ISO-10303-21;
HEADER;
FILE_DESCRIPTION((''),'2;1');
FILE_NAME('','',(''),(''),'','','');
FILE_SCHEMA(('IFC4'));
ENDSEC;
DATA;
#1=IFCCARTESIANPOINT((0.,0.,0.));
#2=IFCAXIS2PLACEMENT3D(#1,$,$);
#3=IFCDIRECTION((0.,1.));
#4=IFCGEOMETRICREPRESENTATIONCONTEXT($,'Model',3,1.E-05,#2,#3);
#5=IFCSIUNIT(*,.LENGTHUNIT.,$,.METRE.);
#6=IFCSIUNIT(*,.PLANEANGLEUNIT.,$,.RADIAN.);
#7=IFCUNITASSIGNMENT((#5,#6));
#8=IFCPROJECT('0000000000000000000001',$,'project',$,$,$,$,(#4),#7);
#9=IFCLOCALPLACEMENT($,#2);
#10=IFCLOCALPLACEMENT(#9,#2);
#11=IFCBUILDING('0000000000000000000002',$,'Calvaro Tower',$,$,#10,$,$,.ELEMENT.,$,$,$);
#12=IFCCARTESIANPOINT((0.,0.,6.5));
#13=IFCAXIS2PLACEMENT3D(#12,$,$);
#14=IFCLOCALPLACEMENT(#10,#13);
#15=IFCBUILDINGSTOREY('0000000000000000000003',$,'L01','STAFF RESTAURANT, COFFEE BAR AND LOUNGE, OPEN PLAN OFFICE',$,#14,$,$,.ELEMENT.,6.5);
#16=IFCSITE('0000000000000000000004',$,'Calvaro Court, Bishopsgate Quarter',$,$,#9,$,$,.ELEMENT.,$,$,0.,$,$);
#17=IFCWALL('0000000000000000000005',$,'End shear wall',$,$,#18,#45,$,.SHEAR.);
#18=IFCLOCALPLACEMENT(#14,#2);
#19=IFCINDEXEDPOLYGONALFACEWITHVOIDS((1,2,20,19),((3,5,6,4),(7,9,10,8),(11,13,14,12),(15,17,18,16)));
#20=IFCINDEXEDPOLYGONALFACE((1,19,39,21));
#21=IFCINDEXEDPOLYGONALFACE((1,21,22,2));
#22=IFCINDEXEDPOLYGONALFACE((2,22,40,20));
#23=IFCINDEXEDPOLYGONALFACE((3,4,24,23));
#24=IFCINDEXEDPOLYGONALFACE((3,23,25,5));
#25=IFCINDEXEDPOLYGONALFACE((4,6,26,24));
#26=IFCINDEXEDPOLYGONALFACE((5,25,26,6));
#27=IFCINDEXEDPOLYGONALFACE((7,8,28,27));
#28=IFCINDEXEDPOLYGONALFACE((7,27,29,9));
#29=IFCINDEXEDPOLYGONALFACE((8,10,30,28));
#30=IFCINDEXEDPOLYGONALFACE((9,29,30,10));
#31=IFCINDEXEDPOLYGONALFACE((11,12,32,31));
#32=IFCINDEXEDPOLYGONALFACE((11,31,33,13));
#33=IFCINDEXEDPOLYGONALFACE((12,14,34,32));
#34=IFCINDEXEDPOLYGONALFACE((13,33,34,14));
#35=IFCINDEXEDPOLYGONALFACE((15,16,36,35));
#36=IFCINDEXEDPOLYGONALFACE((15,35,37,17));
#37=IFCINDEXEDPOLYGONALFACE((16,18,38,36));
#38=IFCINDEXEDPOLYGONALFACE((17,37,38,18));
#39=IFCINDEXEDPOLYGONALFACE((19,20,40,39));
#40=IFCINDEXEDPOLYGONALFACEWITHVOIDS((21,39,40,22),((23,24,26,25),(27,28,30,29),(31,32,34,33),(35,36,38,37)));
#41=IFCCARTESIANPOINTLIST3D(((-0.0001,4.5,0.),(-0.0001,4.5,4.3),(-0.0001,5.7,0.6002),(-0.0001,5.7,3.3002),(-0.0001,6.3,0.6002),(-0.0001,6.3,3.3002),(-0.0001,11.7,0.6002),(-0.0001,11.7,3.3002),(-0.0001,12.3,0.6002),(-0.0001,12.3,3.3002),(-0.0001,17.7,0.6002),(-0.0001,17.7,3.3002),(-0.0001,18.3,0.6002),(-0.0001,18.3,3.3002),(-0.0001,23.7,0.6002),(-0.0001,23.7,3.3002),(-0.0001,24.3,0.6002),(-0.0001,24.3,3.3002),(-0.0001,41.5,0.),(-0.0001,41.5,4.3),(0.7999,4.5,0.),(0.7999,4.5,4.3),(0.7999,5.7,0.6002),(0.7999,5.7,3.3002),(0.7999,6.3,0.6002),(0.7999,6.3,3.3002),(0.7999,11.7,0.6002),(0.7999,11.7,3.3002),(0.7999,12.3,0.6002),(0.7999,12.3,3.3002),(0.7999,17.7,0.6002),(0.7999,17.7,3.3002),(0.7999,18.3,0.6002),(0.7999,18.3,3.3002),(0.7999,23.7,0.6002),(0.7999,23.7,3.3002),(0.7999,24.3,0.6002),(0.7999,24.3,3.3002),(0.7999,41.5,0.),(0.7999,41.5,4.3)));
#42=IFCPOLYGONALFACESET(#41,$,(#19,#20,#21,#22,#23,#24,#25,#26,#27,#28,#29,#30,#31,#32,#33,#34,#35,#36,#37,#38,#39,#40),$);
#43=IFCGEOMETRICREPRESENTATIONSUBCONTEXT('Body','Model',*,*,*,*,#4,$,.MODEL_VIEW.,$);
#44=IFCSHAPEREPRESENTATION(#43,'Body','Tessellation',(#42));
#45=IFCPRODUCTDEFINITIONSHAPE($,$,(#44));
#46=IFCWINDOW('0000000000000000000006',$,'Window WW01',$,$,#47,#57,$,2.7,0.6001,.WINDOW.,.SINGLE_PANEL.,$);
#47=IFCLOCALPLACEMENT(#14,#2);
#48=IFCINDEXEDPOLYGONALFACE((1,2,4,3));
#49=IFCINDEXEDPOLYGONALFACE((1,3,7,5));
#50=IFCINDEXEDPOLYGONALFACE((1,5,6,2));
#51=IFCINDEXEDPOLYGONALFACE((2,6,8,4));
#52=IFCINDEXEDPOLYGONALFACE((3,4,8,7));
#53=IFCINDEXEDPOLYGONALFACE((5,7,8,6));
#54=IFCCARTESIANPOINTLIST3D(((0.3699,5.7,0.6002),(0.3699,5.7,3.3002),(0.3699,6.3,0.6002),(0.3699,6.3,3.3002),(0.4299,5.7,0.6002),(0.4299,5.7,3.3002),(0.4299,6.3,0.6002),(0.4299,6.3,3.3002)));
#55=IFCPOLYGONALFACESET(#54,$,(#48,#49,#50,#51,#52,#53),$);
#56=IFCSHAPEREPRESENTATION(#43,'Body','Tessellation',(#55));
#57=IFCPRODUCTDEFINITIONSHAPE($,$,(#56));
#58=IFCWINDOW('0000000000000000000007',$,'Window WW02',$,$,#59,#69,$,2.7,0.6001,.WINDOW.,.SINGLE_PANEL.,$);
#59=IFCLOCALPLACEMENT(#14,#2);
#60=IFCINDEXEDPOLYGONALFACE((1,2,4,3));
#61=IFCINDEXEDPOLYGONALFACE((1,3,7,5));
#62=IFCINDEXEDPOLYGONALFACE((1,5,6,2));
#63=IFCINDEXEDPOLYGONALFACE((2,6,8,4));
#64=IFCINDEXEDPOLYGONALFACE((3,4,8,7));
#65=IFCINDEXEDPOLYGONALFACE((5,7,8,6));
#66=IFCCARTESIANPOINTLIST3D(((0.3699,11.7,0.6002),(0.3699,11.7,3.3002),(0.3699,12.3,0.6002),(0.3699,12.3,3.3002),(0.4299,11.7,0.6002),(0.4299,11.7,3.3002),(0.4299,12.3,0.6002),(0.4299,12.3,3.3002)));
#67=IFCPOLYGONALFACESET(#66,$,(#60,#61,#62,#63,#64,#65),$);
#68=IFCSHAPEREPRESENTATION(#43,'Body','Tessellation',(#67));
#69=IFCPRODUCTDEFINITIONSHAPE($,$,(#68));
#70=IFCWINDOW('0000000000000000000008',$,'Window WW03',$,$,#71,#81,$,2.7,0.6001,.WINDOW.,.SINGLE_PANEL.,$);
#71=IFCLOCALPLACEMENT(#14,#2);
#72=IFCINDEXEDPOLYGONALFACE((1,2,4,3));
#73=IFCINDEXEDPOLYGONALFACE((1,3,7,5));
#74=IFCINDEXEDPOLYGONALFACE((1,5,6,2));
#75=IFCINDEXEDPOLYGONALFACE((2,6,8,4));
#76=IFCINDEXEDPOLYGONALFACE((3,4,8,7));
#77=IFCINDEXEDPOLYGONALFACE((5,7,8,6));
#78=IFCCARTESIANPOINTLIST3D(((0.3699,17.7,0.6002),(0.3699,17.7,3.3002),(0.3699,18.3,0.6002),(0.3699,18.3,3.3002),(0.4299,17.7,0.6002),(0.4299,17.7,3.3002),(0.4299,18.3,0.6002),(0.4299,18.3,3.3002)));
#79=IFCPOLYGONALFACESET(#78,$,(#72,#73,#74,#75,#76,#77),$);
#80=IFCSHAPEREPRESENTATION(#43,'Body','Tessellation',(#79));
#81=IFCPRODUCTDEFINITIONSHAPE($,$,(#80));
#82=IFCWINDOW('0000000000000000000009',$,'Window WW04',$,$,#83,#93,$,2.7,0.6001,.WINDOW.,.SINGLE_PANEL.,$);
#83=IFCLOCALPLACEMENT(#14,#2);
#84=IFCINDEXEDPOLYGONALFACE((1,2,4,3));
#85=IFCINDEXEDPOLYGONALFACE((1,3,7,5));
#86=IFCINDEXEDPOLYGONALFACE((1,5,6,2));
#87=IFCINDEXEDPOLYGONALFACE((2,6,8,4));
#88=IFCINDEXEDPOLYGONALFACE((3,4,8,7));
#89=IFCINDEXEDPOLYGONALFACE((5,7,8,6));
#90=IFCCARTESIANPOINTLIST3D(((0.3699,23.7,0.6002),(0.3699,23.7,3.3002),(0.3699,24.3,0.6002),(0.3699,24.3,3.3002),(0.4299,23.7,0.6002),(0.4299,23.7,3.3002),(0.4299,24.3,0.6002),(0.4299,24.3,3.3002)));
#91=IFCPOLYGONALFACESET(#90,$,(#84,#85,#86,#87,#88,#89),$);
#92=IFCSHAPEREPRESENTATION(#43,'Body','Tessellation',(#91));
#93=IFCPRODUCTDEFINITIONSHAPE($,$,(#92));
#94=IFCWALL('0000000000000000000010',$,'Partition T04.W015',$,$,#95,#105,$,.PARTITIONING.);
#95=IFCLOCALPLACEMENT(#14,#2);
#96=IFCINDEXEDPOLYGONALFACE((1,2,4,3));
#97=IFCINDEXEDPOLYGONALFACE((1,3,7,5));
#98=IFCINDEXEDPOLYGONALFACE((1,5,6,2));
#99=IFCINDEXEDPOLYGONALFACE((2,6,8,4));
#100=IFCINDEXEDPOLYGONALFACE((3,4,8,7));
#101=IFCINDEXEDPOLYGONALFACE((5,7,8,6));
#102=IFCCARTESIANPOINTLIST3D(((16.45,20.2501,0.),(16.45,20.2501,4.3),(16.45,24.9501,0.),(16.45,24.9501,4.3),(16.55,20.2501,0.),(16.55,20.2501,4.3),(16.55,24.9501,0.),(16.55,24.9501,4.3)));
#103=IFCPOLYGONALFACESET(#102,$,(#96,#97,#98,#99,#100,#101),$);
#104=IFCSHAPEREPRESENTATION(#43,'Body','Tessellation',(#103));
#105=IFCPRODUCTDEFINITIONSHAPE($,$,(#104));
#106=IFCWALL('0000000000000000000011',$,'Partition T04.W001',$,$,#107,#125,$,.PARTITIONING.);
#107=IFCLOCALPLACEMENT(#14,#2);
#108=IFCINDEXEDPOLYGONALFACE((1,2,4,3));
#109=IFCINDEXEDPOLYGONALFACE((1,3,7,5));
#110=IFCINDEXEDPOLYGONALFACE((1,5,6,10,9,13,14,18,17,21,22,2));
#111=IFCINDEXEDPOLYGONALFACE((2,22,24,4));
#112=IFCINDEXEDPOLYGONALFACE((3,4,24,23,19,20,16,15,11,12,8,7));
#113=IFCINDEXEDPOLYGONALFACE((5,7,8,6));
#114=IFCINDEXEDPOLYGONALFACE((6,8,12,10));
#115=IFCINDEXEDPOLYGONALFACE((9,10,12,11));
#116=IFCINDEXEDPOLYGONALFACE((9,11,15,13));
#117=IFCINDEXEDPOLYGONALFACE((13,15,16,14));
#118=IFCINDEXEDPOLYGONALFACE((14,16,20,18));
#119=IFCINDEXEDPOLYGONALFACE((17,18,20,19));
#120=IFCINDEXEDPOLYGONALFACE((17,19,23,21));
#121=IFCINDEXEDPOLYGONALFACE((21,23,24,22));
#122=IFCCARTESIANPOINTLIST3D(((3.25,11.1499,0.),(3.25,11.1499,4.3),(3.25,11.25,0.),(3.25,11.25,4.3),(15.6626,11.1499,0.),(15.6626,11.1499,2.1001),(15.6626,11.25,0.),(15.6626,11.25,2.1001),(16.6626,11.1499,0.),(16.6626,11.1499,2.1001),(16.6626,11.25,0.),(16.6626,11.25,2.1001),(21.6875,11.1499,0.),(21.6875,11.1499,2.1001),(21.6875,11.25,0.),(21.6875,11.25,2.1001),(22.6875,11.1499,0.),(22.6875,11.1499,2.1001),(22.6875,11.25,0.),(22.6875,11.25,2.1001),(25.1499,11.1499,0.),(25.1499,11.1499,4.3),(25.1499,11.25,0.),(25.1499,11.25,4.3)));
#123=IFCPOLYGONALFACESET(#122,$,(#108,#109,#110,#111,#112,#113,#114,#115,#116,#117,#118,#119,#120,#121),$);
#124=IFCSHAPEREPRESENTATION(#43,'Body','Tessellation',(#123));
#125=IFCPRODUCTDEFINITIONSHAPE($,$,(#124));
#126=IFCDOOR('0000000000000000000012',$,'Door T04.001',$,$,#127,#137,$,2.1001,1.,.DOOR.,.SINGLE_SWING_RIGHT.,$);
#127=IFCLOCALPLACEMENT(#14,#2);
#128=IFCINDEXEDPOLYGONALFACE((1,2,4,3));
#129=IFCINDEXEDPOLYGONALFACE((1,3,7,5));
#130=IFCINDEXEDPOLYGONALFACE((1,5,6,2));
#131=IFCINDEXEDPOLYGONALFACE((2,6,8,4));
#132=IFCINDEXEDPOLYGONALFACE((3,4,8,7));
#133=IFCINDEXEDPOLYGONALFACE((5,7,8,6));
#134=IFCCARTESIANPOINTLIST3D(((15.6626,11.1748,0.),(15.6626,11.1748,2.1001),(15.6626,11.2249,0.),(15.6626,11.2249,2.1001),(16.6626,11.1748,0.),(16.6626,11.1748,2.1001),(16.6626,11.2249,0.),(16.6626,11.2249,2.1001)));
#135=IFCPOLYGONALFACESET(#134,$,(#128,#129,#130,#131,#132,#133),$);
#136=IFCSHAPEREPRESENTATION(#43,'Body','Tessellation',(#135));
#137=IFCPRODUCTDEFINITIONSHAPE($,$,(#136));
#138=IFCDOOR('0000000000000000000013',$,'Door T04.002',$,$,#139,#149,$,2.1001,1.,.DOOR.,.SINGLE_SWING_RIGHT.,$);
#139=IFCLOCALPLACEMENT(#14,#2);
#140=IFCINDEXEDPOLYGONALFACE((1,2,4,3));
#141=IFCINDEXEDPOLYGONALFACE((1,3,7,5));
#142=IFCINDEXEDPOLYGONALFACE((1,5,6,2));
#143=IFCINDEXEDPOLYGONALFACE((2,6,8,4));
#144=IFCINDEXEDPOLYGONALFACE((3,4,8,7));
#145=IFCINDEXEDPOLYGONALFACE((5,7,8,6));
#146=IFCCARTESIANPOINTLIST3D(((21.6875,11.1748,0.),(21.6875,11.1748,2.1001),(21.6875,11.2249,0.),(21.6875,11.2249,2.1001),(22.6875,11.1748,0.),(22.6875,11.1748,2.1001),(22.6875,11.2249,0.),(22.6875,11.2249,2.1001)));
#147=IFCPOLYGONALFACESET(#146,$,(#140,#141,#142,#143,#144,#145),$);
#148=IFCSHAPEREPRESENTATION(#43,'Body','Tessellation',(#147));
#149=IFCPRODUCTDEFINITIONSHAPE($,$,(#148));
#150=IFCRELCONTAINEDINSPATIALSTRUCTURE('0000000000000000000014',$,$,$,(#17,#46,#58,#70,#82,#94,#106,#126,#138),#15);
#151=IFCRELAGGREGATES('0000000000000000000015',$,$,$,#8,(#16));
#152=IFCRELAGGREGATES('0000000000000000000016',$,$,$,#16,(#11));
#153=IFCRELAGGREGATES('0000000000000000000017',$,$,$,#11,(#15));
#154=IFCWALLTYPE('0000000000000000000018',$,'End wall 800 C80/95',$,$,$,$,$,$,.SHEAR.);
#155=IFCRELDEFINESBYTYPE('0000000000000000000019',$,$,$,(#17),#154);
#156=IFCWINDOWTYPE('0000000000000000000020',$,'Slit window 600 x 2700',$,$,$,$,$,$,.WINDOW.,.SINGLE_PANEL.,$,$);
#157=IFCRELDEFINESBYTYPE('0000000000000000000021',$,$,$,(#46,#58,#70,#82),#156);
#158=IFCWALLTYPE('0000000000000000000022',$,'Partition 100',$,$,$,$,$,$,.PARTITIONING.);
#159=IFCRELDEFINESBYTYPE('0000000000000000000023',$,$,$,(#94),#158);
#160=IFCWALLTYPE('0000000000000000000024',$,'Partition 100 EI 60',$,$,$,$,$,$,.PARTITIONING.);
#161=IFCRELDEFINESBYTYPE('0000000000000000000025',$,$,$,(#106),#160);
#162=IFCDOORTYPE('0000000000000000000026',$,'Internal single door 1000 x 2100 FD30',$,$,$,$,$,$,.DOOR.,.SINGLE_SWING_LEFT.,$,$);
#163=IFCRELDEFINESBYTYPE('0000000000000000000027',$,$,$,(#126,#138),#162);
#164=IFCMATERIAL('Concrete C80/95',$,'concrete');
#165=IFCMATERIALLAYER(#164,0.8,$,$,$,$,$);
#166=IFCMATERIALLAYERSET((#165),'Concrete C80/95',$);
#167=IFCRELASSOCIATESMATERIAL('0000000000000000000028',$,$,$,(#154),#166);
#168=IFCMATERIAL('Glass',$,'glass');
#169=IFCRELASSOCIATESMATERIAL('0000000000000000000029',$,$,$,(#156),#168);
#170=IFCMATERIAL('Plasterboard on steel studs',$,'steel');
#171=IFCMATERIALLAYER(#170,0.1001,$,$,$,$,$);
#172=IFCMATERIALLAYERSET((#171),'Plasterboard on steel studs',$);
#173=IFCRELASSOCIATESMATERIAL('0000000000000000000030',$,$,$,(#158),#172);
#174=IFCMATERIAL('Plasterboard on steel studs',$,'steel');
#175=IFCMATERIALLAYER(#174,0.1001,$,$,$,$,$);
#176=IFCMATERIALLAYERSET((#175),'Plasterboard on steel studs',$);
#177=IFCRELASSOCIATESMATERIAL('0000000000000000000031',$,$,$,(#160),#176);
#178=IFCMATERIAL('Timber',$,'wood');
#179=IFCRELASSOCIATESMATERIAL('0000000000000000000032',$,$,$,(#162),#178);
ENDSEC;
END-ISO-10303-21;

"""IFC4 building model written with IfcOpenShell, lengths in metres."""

from ifc_helpers import new_model, si_unit, direction, frame, frame_2d, origin, place, context, subcontext, project, spatial, rectangle, extrude, material, layer, layer_set, type_object, element, fill, save


model = new_model("IFC4")

# Units and contexts
model_context = context("Model", 3, precision=1e-05, world=origin(), true_north=direction((0.0, 1.0)))
body_context = subcontext(model_context, "Body", "Model", "MODEL_VIEW")
ifc_project = project(units=[si_unit("LENGTHUNIT", "METRE"), si_unit("PLANEANGLEUNIT", "RADIAN")], contexts=[model_context])

# Site, building, storey
site_placement = place(None, origin())
site = spatial("IfcSite", under=ifc_project, at=site_placement, Name="Calvaro Court, Bishopsgate Quarter", CompositionType="ELEMENT", RefElevation=0.0)
building_placement = place(site_placement, origin())
building = spatial("IfcBuilding", under=site, at=building_placement, Name="Calvaro Tower", CompositionType="ELEMENT")
storey_placement = place(building_placement, frame((0.0, 0.0, 6.5)))
storey = spatial("IfcBuildingStorey", under=building, at=storey_placement, Name="L01", Description="STAFF RESTAURANT, COFFEE BAR AND LOUNGE, OPEN PLAN OFFICE", CompositionType="ELEMENT", Elevation=6.5)

# Wall, openings, windows
ifc_material_1 = material(Name="Concrete C80/95", Category="concrete")
ifc_layer_1 = layer(ifc_material_1, 0.8)
ifc_layer_set_1 = layer_set([ifc_layer_1], Name="Concrete C80/95")
wall_type_1 = type_object("IfcWallType", Name="End wall 800 C80/95", PredefinedType="SHEAR", material=ifc_layer_set_1)
wall_1_placement = place(storey_placement, frame((0.3999, 4.5, 0.0), z_axis=(0.0, 0.0, 1.0), x_axis=(0.0, 1.0, 0.0)))
wall_1 = element("IfcWall", 1, at=wall_1_placement, inside=storey, type_object=wall_type_1, Name="End shear wall", PredefinedType="SHEAR", context=body_context, shape_type="SweptSolid", body=[
    extrude(rectangle(XDim=37.0, YDim=0.8, at=frame_2d((18.5, 0.0))), origin(), (0.0, 0.0, 1.0), 4.3),
])
opening_1_placement = place(wall_1_placement, frame((1.2, 0.0, 0.6001)))
opening_1 = element("IfcOpeningElement", 2, at=opening_1_placement, cuts=wall_1, PredefinedType="OPENING", context=body_context, shape_type="SweptSolid", body=[
    extrude(rectangle(XDim=0.6001, YDim=2.7, at=frame_2d((0.3, 1.3501))), frame((0.0, 0.4099, 0.0), z_axis=(0.0, -1.0, 0.0), x_axis=(1.0, 0.0, 0.0)), (0.0, 0.0, 1.0), 0.8201),
])
opening_2_placement = place(wall_1_placement, frame((7.2, 0.0, 0.6001)))
opening_2 = element("IfcOpeningElement", 3, at=opening_2_placement, cuts=wall_1, PredefinedType="OPENING", context=body_context, shape_type="SweptSolid", body=[
    extrude(rectangle(XDim=0.6001, YDim=2.7, at=frame_2d((0.3, 1.3501))), frame((0.0, 0.4099, 0.0), z_axis=(0.0, -1.0, 0.0), x_axis=(1.0, 0.0, 0.0)), (0.0, 0.0, 1.0), 0.8201),
])
opening_3_placement = place(wall_1_placement, frame((13.2, 0.0, 0.6001)))
opening_3 = element("IfcOpeningElement", 4, at=opening_3_placement, cuts=wall_1, PredefinedType="OPENING", context=body_context, shape_type="SweptSolid", body=[
    extrude(rectangle(XDim=0.6001, YDim=2.7, at=frame_2d((0.3, 1.3501))), frame((0.0, 0.4099, 0.0), z_axis=(0.0, -1.0, 0.0), x_axis=(1.0, 0.0, 0.0)), (0.0, 0.0, 1.0), 0.8201),
])
opening_4_placement = place(wall_1_placement, frame((19.2, 0.0, 0.6001)))
opening_4 = element("IfcOpeningElement", 5, at=opening_4_placement, cuts=wall_1, PredefinedType="OPENING", context=body_context, shape_type="SweptSolid", body=[
    extrude(rectangle(XDim=0.6001, YDim=2.7, at=frame_2d((0.3, 1.3501))), frame((0.0, 0.4099, 0.0), z_axis=(0.0, -1.0, 0.0), x_axis=(1.0, 0.0, 0.0)), (0.0, 0.0, 1.0), 0.8201),
])
ifc_material_2 = material(Name="Glass", Category="glass")
window_type = type_object("IfcWindowType", Name="Slit window 600 x 2700", PartitioningType="SINGLE_PANEL", PredefinedType="WINDOW", material=ifc_material_2)
window_1_placement = place(opening_1_placement, origin())
window_1 = element("IfcWindow", 6, at=window_1_placement, inside=storey, type_object=window_type, Name="Window WW01", OverallHeight=2.7, OverallWidth=0.6001, PartitioningType="SINGLE_PANEL", PredefinedType="WINDOW", context=body_context, shape_type="SweptSolid", body=[
    extrude(rectangle(XDim=0.6001, YDim=2.7, at=frame_2d((0.3, 1.3501))), frame((0.0, 0.03, 0.0), z_axis=(0.0, -1.0, 0.0), x_axis=(1.0, 0.0, 0.0)), (0.0, 0.0, 1.0), 0.0601),
])
fill(opening_1, window_1)
window_2_placement = place(opening_2_placement, origin())
window_2 = element("IfcWindow", 7, at=window_2_placement, inside=storey, type_object=window_type, Name="Window WW02", OverallHeight=2.7, OverallWidth=0.6001, PartitioningType="SINGLE_PANEL", PredefinedType="WINDOW", context=body_context, shape_type="SweptSolid", body=[
    extrude(rectangle(XDim=0.6001, YDim=2.7, at=frame_2d((0.3, 1.3501))), frame((0.0, 0.03, 0.0), z_axis=(0.0, -1.0, 0.0), x_axis=(1.0, 0.0, 0.0)), (0.0, 0.0, 1.0), 0.0601),
])
fill(opening_2, window_2)
window_3_placement = place(opening_3_placement, origin())
window_3 = element("IfcWindow", 8, at=window_3_placement, inside=storey, type_object=window_type, Name="Window WW03", OverallHeight=2.7, OverallWidth=0.6001, PartitioningType="SINGLE_PANEL", PredefinedType="WINDOW", context=body_context, shape_type="SweptSolid", body=[
    extrude(rectangle(XDim=0.6001, YDim=2.7, at=frame_2d((0.3, 1.3501))), frame((0.0, 0.03, 0.0), z_axis=(0.0, -1.0, 0.0), x_axis=(1.0, 0.0, 0.0)), (0.0, 0.0, 1.0), 0.0601),
])
fill(opening_3, window_3)
window_4_placement = place(opening_4_placement, origin())
window_4 = element("IfcWindow", 9, at=window_4_placement, inside=storey, type_object=window_type, Name="Window WW04", OverallHeight=2.7, OverallWidth=0.6001, PartitioningType="SINGLE_PANEL", PredefinedType="WINDOW", context=body_context, shape_type="SweptSolid", body=[
    extrude(rectangle(XDim=0.6001, YDim=2.7, at=frame_2d((0.3, 1.3501))), frame((0.0, 0.03, 0.0), z_axis=(0.0, -1.0, 0.0), x_axis=(1.0, 0.0, 0.0)), (0.0, 0.0, 1.0), 0.0601),
])
fill(opening_4, window_4)

# Wall
ifc_material_3 = material(Name="Plasterboard on steel studs", Category="steel")
ifc_layer_2 = layer(ifc_material_3, 0.1001)
ifc_layer_set_2 = layer_set([ifc_layer_2], Name="Plasterboard on steel studs")
wall_type_2 = type_object("IfcWallType", Name="Partition 100", PredefinedType="PARTITIONING", material=ifc_layer_set_2)
wall_2_placement = place(storey_placement, frame((16.5, 20.25, 0.0), z_axis=(0.0, 0.0, 1.0), x_axis=(0.0, 1.0, 0.0)))
element("IfcWall", 10, at=wall_2_placement, inside=storey, type_object=wall_type_2, Name="Partition T04.W015", PredefinedType="PARTITIONING", context=body_context, shape_type="SweptSolid", body=[
    extrude(rectangle(XDim=4.7, YDim=0.1001, at=frame_2d((2.3501, 0.0))), origin(), (0.0, 0.0, 1.0), 4.3),
])

# Wall, openings, doors
ifc_material_4 = material(Name="Plasterboard on steel studs", Category="steel")
ifc_layer_3 = layer(ifc_material_4, 0.1001)
ifc_layer_set_3 = layer_set([ifc_layer_3], Name="Plasterboard on steel studs")
wall_type_3 = type_object("IfcWallType", Name="Partition 100 EI 60", PredefinedType="PARTITIONING", material=ifc_layer_set_3)
wall_3_placement = place(storey_placement, frame((3.25, 11.2, 0.0), z_axis=(0.0, 0.0, 1.0), x_axis=(1.0, 0.0, 0.0)))
wall_3 = element("IfcWall", 11, at=wall_3_placement, inside=storey, type_object=wall_type_3, Name="Partition T04.W001", PredefinedType="PARTITIONING", context=body_context, shape_type="SweptSolid", body=[
    extrude(rectangle(XDim=21.8999, YDim=0.1001, at=frame_2d((10.95, 0.0))), origin(), (0.0, 0.0, 1.0), 4.3),
])
opening_5_placement = place(wall_3_placement, frame((12.4126, 0.0, 0.0)))
opening_5 = element("IfcOpeningElement", 12, at=opening_5_placement, cuts=wall_3, PredefinedType="OPENING", context=body_context, shape_type="SweptSolid", body=[
    extrude(rectangle(XDim=1.0, YDim=2.1001, at=frame_2d((0.5, 1.05))), frame((0.0, 0.0601, 0.0), z_axis=(0.0, -1.0, 0.0), x_axis=(1.0, 0.0, 0.0)), (0.0, 0.0, 1.0), 0.1201),
])
opening_6_placement = place(wall_3_placement, frame((18.4375, 0.0, 0.0)))
opening_6 = element("IfcOpeningElement", 13, at=opening_6_placement, cuts=wall_3, PredefinedType="OPENING", context=body_context, shape_type="SweptSolid", body=[
    extrude(rectangle(XDim=1.0, YDim=2.1001, at=frame_2d((0.5, 1.05))), frame((0.0, 0.0601, 0.0), z_axis=(0.0, -1.0, 0.0), x_axis=(1.0, 0.0, 0.0)), (0.0, 0.0, 1.0), 0.1201),
])
ifc_material_5 = material(Name="Timber", Category="wood")
door_type_1 = type_object("IfcDoorType", Name="Internal single door 1000 x 2100 FD30", OperationType="SINGLE_SWING_LEFT", PredefinedType="DOOR", material=ifc_material_5)
door_1_placement = place(opening_5_placement, origin())
door_1 = element("IfcDoor", 14, at=door_1_placement, inside=storey, type_object=door_type_1, Name="Door T04.001", OperationType="SINGLE_SWING_RIGHT", OverallHeight=2.1001, OverallWidth=1.0, PredefinedType="DOOR", context=body_context, shape_type="SweptSolid", body=[
    extrude(rectangle(XDim=1.0, YDim=2.1001, at=frame_2d((0.5, 1.05))), frame((0.0, 0.0249, 0.0), z_axis=(0.0, -1.0, 0.0), x_axis=(1.0, 0.0, 0.0)), (0.0, 0.0, 1.0), 0.05),
])
fill(opening_5, door_1)
door_2_placement = place(opening_6_placement, origin())
door_2 = element("IfcDoor", 15, at=door_2_placement, inside=storey, type_object=door_type_1, Name="Door T04.002", OperationType="SINGLE_SWING_RIGHT", OverallHeight=2.1001, OverallWidth=1.0, PredefinedType="DOOR", context=body_context, shape_type="SweptSolid", body=[
    extrude(rectangle(XDim=1.0, YDim=2.1001, at=frame_2d((0.5, 1.05))), frame((0.0, 0.0249, 0.0), z_axis=(0.0, -1.0, 0.0), x_axis=(1.0, 0.0, 0.0)), (0.0, 0.0, 1.0), 0.05),
])
fill(opening_6, door_2)

save(model, "model.ifc")
